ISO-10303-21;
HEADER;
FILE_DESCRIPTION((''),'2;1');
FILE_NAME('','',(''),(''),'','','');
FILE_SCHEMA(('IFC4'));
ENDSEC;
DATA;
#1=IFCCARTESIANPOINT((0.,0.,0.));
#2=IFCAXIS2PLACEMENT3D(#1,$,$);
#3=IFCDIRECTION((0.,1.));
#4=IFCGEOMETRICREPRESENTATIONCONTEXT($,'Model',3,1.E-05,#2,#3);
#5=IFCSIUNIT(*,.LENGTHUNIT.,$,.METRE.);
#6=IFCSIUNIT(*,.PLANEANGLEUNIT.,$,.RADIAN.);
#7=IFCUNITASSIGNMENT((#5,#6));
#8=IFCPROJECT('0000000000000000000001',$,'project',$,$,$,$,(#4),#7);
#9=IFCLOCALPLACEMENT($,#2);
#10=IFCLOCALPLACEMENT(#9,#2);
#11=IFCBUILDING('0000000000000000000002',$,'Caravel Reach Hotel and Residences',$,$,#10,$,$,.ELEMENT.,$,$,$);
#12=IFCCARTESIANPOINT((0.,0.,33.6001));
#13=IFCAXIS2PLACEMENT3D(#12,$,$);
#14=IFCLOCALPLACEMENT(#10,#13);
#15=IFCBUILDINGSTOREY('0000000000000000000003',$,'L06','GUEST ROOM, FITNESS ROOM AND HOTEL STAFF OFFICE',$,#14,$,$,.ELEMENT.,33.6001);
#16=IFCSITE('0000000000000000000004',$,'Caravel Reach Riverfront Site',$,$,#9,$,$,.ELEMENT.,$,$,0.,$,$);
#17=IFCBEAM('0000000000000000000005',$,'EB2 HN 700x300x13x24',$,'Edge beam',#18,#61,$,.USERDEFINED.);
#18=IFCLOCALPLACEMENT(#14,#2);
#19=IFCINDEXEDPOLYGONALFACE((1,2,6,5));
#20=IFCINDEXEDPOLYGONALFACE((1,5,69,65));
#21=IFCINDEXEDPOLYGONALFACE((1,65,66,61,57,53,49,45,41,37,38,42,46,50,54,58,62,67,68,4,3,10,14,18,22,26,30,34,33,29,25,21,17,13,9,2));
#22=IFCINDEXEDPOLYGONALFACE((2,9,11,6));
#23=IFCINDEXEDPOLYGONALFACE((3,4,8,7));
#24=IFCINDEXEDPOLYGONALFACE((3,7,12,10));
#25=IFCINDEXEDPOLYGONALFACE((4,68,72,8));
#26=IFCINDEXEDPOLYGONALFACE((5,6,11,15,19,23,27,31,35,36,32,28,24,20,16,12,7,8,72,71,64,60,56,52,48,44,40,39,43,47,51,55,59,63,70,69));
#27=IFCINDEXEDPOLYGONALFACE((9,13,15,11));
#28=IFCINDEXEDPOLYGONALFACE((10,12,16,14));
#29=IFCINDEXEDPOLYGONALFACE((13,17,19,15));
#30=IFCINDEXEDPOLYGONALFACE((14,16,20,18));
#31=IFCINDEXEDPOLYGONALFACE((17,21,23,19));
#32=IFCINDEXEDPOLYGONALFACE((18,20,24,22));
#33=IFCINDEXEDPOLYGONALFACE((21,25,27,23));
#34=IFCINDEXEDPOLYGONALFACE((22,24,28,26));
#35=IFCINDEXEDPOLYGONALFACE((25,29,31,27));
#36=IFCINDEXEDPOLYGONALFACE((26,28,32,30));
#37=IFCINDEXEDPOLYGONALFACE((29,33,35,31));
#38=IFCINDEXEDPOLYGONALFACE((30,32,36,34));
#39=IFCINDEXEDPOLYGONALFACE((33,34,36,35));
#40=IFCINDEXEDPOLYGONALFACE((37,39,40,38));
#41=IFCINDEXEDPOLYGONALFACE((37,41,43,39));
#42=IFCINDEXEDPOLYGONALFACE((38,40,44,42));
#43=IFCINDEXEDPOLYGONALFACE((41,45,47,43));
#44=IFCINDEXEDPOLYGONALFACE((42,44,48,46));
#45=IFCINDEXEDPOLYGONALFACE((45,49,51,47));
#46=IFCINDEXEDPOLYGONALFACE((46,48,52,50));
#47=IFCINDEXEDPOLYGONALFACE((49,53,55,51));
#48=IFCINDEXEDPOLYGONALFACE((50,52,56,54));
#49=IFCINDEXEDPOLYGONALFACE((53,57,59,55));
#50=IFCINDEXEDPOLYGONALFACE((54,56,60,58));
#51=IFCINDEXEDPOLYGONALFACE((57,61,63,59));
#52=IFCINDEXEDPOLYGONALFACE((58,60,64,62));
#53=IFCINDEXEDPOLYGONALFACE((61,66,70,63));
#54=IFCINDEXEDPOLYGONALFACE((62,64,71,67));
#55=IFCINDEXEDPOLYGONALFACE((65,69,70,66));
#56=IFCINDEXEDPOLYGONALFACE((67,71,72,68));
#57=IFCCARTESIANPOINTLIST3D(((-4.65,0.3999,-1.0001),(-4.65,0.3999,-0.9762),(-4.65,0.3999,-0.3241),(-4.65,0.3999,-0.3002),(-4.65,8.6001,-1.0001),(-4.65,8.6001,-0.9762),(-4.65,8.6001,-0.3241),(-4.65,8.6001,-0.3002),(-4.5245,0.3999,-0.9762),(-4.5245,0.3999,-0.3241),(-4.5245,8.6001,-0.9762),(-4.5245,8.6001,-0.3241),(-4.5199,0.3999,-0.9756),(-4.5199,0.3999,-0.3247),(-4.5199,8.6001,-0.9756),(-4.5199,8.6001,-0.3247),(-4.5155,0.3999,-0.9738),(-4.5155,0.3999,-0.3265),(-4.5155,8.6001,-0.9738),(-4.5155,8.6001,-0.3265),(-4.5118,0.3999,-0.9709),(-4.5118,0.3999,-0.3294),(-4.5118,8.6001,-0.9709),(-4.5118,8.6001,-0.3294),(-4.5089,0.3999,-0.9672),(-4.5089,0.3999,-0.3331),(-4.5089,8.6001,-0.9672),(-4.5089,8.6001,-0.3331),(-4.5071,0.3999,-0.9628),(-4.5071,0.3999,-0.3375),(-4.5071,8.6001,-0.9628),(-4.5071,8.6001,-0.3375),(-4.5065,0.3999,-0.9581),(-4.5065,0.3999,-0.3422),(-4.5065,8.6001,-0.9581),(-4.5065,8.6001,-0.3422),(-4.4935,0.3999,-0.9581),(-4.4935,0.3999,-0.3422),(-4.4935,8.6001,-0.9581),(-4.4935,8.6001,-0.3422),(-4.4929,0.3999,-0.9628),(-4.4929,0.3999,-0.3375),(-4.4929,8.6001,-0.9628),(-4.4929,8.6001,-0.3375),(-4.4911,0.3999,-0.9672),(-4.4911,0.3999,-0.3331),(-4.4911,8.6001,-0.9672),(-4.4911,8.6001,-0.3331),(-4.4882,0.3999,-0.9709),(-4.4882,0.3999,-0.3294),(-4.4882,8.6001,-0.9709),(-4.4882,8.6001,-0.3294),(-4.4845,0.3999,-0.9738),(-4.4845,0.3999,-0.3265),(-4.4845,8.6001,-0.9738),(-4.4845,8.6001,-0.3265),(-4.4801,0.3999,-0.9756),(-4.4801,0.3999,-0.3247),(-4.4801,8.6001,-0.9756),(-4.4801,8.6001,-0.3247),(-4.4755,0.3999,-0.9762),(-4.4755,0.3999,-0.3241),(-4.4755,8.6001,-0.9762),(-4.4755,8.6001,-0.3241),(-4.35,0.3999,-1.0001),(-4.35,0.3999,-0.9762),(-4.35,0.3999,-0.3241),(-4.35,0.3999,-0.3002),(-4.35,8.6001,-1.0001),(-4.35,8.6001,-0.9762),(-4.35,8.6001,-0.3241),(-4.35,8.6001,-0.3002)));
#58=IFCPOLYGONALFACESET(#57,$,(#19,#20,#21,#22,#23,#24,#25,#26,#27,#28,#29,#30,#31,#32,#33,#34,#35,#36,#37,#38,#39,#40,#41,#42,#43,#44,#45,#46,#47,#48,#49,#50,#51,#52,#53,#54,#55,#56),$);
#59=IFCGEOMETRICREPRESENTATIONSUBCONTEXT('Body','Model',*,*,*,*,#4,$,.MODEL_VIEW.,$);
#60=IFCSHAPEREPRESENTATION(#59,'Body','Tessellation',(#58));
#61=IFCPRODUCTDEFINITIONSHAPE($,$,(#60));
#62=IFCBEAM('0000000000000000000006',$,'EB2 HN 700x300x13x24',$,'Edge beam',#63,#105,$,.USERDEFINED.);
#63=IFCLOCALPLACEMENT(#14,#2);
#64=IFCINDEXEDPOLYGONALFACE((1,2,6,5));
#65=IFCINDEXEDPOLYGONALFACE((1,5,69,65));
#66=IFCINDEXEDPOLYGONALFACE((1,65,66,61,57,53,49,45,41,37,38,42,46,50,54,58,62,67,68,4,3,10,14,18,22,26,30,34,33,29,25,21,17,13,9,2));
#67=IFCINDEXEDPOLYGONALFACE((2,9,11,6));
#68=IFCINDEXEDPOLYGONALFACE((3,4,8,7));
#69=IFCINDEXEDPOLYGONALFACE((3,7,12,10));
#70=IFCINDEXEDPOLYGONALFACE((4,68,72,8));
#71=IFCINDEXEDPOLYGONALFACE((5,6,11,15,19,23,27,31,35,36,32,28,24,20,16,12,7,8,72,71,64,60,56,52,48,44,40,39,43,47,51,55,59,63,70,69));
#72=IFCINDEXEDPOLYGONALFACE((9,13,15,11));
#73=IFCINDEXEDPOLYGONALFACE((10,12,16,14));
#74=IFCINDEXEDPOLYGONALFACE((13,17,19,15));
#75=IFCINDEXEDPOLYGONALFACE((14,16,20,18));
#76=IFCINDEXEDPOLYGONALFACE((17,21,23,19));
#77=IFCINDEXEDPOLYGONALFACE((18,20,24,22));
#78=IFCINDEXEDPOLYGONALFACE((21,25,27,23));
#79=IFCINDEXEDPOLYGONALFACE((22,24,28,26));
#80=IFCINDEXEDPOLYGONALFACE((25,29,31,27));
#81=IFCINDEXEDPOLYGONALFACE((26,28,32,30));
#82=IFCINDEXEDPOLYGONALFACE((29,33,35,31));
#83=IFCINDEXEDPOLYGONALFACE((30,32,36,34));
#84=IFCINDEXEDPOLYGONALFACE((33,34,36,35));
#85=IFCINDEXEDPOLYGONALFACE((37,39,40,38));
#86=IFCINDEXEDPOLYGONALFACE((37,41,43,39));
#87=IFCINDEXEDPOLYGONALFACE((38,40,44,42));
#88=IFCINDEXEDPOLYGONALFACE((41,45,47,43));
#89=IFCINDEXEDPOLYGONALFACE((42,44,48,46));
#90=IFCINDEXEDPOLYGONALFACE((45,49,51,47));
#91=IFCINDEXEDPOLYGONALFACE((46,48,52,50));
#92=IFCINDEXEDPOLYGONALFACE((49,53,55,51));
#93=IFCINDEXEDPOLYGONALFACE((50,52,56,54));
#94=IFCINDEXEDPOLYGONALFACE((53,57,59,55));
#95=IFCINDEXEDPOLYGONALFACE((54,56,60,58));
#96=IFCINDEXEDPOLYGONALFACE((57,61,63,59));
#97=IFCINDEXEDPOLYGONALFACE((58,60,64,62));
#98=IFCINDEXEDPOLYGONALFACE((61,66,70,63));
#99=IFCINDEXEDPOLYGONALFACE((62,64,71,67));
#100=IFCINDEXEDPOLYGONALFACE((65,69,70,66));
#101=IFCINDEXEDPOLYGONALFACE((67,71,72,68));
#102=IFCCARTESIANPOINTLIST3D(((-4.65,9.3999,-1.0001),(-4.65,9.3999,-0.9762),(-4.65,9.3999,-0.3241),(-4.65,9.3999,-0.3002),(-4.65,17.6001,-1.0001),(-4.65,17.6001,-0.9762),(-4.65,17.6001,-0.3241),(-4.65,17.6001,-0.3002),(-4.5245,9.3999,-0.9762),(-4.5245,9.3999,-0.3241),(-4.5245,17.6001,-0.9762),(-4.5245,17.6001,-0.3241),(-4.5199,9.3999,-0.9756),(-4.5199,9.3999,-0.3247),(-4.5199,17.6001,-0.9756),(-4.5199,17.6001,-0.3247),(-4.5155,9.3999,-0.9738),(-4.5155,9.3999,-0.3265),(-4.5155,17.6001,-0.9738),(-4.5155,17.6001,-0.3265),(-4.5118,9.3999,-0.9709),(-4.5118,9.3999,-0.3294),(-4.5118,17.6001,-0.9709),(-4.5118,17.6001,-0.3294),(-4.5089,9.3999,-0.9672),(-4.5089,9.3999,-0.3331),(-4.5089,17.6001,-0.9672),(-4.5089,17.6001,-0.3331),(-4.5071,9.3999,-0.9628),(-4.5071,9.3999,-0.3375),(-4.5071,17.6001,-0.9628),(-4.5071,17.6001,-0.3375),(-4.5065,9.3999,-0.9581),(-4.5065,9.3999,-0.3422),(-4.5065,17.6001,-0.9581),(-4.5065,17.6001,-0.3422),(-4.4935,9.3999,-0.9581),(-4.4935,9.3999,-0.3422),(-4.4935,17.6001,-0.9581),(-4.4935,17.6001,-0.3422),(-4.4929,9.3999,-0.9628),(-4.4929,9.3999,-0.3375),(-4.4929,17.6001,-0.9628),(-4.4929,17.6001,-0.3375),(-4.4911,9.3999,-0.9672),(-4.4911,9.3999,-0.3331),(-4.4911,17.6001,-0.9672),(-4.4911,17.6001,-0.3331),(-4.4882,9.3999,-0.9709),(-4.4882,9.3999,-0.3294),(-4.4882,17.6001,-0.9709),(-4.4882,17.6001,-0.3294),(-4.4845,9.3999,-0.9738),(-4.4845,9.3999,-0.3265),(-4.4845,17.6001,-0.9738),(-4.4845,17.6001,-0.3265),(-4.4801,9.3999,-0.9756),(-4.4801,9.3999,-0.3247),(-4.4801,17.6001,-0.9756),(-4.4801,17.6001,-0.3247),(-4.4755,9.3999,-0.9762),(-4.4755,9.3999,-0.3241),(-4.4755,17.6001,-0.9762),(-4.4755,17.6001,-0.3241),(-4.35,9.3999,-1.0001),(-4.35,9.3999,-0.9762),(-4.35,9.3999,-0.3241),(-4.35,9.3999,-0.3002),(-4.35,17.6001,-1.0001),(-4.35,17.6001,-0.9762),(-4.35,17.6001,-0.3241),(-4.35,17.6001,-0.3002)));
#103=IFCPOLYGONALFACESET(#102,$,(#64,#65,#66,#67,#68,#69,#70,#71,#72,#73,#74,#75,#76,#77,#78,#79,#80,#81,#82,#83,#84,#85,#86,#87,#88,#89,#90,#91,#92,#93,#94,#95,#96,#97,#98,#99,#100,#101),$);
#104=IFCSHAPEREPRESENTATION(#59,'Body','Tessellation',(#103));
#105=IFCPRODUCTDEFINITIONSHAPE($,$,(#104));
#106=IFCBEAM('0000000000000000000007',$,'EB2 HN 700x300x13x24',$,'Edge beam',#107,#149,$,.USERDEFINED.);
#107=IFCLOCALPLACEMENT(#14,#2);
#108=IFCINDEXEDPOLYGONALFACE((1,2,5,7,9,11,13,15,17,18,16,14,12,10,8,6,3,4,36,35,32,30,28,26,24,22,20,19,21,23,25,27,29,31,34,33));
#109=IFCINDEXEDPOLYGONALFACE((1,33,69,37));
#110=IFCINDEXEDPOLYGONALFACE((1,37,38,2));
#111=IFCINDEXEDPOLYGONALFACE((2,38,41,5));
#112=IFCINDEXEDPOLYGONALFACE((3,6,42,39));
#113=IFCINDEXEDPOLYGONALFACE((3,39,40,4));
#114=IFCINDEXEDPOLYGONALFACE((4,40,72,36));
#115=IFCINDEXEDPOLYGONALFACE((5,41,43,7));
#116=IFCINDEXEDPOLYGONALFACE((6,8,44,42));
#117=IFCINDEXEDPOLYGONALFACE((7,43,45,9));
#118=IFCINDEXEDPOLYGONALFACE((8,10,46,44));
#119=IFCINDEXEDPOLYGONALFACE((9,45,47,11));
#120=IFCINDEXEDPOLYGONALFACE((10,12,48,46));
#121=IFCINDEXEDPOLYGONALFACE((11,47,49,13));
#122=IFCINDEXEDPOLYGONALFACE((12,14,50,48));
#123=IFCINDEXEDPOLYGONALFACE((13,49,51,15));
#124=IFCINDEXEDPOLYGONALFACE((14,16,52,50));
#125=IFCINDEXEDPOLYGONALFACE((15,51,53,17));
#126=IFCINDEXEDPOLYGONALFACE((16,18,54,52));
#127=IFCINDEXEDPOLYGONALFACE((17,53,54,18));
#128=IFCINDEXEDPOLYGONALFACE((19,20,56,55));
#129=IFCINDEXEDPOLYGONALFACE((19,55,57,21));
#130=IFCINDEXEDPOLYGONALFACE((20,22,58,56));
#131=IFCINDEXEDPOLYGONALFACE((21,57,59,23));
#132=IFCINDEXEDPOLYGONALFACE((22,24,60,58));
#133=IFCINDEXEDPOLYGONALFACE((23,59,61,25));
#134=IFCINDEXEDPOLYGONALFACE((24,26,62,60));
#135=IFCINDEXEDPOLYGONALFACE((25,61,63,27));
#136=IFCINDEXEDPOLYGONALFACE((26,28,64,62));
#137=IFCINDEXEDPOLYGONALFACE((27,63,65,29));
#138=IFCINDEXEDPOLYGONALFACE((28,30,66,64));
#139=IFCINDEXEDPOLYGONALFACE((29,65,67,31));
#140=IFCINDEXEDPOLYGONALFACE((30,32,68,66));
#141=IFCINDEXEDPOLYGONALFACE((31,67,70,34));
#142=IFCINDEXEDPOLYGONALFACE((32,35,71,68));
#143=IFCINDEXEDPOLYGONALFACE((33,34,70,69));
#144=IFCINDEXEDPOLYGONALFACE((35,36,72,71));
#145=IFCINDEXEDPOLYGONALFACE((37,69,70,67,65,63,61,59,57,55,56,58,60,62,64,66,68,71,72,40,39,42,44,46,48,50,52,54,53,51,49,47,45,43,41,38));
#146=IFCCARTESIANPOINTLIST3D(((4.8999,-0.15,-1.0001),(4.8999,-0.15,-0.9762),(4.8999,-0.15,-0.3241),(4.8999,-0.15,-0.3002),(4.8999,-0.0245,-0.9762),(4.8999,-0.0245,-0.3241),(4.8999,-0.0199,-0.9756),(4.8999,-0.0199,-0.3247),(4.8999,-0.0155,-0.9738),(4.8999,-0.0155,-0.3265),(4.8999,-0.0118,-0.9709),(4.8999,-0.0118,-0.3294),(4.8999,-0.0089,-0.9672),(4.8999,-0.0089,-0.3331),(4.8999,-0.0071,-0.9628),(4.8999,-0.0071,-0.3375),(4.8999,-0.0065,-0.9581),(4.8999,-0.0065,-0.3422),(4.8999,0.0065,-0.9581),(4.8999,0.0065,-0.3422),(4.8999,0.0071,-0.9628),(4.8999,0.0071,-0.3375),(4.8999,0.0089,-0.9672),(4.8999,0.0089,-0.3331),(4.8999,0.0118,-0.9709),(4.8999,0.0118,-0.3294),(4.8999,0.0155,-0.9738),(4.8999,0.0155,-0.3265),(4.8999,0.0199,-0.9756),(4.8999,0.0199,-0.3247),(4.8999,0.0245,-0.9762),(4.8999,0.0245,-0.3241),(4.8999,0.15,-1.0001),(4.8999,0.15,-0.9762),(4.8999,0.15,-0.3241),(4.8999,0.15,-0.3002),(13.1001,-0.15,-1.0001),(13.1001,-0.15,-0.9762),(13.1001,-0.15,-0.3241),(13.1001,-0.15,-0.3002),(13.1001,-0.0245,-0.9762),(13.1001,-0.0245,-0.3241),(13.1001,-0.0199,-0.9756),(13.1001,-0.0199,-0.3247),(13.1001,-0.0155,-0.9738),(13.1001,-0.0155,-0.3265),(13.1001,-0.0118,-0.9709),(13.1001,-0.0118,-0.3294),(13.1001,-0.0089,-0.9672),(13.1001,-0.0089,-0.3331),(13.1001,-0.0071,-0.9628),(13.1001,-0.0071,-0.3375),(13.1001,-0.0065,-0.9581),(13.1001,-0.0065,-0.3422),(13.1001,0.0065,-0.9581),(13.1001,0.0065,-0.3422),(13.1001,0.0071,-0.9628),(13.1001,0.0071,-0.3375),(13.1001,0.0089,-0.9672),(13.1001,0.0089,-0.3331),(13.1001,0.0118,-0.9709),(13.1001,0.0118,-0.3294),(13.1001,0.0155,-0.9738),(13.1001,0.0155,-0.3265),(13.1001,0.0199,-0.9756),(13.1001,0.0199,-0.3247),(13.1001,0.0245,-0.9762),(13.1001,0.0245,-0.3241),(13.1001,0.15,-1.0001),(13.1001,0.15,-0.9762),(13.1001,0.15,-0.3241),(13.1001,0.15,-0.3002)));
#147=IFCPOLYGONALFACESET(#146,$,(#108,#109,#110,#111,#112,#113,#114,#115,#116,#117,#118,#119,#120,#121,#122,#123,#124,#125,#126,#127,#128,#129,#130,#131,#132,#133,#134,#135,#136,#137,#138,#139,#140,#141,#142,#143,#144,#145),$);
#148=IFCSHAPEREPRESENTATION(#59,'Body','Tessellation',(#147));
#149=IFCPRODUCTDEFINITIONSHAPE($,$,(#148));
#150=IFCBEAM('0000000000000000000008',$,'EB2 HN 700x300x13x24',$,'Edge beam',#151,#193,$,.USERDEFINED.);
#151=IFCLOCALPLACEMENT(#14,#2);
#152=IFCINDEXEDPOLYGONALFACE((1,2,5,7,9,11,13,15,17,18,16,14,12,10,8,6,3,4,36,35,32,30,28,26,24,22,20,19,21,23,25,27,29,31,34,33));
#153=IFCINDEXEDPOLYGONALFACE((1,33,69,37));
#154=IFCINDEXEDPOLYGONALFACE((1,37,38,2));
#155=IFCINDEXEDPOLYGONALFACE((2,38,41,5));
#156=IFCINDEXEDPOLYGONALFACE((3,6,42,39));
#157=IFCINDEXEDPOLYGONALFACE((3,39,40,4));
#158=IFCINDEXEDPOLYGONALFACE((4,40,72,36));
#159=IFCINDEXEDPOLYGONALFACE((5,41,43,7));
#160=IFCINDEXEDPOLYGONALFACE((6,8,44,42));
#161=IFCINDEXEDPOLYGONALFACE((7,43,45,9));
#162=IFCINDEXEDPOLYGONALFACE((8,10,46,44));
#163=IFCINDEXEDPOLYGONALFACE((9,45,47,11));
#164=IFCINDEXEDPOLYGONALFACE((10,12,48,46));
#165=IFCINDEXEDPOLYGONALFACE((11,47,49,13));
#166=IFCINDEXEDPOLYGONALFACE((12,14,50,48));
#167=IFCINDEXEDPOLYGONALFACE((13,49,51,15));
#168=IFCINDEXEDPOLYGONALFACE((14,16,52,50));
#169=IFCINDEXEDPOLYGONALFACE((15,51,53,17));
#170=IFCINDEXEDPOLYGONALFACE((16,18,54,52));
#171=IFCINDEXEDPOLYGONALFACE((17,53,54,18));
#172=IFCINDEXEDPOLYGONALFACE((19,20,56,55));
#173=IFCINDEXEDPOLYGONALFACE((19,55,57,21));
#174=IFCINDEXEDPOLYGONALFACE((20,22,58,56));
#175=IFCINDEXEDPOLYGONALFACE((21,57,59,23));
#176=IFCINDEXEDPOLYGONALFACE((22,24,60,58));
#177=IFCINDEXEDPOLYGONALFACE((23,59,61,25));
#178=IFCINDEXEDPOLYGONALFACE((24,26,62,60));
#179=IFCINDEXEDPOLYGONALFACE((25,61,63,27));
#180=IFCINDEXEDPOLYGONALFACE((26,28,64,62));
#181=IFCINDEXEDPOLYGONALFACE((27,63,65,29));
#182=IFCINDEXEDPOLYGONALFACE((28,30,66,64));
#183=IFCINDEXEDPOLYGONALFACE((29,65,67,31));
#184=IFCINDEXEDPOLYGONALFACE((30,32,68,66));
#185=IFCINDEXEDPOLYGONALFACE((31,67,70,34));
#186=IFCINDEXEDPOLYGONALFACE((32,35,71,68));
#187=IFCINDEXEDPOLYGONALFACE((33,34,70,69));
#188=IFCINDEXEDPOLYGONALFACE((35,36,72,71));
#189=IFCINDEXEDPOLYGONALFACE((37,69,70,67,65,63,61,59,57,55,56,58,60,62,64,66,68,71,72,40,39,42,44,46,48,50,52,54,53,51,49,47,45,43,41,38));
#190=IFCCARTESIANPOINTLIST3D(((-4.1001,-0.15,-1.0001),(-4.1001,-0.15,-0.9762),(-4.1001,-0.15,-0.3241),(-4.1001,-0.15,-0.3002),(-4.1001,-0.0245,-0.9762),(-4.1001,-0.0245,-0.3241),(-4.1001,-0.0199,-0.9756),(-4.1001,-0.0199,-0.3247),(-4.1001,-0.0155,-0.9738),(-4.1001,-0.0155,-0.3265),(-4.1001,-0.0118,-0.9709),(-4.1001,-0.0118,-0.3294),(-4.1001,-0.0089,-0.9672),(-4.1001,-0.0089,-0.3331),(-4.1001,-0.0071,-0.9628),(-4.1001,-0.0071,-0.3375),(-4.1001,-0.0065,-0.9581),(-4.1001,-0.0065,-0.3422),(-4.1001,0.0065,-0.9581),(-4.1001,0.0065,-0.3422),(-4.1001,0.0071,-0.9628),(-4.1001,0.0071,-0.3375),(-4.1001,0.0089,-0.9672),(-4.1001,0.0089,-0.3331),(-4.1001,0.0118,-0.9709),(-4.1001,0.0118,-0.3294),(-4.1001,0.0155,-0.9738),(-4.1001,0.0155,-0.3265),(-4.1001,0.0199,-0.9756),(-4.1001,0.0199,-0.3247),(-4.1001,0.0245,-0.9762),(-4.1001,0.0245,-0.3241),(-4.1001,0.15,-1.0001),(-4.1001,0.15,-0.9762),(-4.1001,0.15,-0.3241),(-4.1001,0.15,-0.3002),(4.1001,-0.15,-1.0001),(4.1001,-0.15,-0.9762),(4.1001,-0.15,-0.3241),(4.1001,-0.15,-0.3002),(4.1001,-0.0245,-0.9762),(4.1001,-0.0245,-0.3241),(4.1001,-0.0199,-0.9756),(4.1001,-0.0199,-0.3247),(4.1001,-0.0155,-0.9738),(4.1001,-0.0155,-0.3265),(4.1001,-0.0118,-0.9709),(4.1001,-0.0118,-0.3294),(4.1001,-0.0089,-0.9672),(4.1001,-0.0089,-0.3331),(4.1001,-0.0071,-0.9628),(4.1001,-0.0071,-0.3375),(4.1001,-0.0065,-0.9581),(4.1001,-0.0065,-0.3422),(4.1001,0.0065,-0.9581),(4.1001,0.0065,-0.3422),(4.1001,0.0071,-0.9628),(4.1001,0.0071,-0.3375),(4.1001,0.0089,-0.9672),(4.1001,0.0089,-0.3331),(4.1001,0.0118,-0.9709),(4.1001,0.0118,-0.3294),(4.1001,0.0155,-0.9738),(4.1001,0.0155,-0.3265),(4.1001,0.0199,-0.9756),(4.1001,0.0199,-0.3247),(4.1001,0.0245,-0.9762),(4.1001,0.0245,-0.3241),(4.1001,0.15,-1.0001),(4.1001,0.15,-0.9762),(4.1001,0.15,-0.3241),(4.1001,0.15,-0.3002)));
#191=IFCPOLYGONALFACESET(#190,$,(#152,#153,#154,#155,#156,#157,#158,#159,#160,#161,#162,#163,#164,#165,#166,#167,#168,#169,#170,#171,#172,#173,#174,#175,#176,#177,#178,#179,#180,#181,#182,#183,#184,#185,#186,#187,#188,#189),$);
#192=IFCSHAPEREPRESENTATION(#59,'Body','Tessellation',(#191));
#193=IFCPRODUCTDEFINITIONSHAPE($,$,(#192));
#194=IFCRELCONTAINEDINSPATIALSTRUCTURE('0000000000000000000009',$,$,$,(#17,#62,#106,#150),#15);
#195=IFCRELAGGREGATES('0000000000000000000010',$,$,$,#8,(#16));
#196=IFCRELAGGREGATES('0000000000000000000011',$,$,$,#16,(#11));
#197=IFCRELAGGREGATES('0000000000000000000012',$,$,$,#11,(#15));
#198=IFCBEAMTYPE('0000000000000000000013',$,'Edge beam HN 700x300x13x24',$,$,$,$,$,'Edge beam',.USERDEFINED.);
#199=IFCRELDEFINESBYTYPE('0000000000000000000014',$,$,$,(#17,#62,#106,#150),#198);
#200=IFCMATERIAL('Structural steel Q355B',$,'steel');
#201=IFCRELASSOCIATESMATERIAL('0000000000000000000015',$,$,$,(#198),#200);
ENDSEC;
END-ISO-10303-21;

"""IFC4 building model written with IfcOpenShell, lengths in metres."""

from ifc_helpers import new_model, si_unit, direction, frame, origin, origin_2d, place, context, subcontext, project, spatial, i_section, extrude, material, material_profile, profile_set, type_object, element, save


model = new_model("IFC4")

# Units and contexts
model_context = context("Model", 3, precision=1e-05, world=origin(), true_north=direction((0.0, 1.0)))
body_context = subcontext(model_context, "Body", "Model", "MODEL_VIEW")
ifc_project = project(units=[si_unit("LENGTHUNIT", "METRE"), si_unit("PLANEANGLEUNIT", "RADIAN")], contexts=[model_context])

# Site, building, storey
site_placement = place(None, origin())
site = spatial("IfcSite", under=ifc_project, at=site_placement, Name="Caravel Reach Riverfront Site", CompositionType="ELEMENT", RefElevation=0.0)
building_placement = place(site_placement, origin())
building = spatial("IfcBuilding", under=site, at=building_placement, Name="Caravel Reach Hotel and Residences", CompositionType="ELEMENT")
storey_placement = place(building_placement, frame((0.0, 0.0, 33.6001)))
storey = spatial("IfcBuildingStorey", under=building, at=storey_placement, Name="L06", Description="GUEST ROOM, FITNESS ROOM AND HOTEL STAFF OFFICE", CompositionType="ELEMENT", Elevation=33.6001)

# Beams
ifc_material_1 = material(Name="Structural steel Q355B", Category="steel")
ifc_material_profile = material_profile(ifc_material_1, i_section(OverallWidth=0.3, OverallDepth=0.7, WebThickness=0.0129, FlangeThickness=0.0239, FilletRadius=0.0181, at=origin_2d()), Name="HN 700x300x13x24")
ifc_profile_set = profile_set([ifc_material_profile], Name="Structural steel Q355B")
beam_type = type_object("IfcBeamType", Name="Edge beam HN 700x300x13x24", ElementType="Edge beam", PredefinedType="USERDEFINED", material=ifc_profile_set)
for number, where, z_axis, x_axis, name in (
    (1, (-4.5, 0.3999, -0.6501), (0.0, 1.0, 0.0), (-1.0, 0.0, 0.0), "EB2 HN 700x300x13x24"),
    (2, (-4.5, 9.3999, -0.6501), (0.0, 1.0, 0.0), (-1.0, 0.0, 0.0), "EB2 HN 700x300x13x24"),
    (3, (13.1001, 0.0, -0.6501), (-1.0, 0.0, 0.0), (0.0, -1.0, 0.0), "EB2 HN 700x300x13x24"),
    (4, (4.1001, 0.0, -0.6501), (-1.0, 0.0, 0.0), (0.0, -1.0, 0.0), "EB2 HN 700x300x13x24"),
):
    element("IfcBeam", number, at=place(storey_placement, frame(where, z_axis=z_axis, x_axis=x_axis)), inside=storey, type_object=beam_type, Name=name, ObjectType="Edge beam", PredefinedType="USERDEFINED", context=body_context, shape_type="SweptSolid", body=[
        extrude(i_section(OverallWidth=0.3, OverallDepth=0.7, WebThickness=0.0129, FlangeThickness=0.0239, FilletRadius=0.0181, at=origin_2d()), origin(), (0.0, 0.0, 1.0), 8.2002),
    ])

save(model, "model.ifc")
